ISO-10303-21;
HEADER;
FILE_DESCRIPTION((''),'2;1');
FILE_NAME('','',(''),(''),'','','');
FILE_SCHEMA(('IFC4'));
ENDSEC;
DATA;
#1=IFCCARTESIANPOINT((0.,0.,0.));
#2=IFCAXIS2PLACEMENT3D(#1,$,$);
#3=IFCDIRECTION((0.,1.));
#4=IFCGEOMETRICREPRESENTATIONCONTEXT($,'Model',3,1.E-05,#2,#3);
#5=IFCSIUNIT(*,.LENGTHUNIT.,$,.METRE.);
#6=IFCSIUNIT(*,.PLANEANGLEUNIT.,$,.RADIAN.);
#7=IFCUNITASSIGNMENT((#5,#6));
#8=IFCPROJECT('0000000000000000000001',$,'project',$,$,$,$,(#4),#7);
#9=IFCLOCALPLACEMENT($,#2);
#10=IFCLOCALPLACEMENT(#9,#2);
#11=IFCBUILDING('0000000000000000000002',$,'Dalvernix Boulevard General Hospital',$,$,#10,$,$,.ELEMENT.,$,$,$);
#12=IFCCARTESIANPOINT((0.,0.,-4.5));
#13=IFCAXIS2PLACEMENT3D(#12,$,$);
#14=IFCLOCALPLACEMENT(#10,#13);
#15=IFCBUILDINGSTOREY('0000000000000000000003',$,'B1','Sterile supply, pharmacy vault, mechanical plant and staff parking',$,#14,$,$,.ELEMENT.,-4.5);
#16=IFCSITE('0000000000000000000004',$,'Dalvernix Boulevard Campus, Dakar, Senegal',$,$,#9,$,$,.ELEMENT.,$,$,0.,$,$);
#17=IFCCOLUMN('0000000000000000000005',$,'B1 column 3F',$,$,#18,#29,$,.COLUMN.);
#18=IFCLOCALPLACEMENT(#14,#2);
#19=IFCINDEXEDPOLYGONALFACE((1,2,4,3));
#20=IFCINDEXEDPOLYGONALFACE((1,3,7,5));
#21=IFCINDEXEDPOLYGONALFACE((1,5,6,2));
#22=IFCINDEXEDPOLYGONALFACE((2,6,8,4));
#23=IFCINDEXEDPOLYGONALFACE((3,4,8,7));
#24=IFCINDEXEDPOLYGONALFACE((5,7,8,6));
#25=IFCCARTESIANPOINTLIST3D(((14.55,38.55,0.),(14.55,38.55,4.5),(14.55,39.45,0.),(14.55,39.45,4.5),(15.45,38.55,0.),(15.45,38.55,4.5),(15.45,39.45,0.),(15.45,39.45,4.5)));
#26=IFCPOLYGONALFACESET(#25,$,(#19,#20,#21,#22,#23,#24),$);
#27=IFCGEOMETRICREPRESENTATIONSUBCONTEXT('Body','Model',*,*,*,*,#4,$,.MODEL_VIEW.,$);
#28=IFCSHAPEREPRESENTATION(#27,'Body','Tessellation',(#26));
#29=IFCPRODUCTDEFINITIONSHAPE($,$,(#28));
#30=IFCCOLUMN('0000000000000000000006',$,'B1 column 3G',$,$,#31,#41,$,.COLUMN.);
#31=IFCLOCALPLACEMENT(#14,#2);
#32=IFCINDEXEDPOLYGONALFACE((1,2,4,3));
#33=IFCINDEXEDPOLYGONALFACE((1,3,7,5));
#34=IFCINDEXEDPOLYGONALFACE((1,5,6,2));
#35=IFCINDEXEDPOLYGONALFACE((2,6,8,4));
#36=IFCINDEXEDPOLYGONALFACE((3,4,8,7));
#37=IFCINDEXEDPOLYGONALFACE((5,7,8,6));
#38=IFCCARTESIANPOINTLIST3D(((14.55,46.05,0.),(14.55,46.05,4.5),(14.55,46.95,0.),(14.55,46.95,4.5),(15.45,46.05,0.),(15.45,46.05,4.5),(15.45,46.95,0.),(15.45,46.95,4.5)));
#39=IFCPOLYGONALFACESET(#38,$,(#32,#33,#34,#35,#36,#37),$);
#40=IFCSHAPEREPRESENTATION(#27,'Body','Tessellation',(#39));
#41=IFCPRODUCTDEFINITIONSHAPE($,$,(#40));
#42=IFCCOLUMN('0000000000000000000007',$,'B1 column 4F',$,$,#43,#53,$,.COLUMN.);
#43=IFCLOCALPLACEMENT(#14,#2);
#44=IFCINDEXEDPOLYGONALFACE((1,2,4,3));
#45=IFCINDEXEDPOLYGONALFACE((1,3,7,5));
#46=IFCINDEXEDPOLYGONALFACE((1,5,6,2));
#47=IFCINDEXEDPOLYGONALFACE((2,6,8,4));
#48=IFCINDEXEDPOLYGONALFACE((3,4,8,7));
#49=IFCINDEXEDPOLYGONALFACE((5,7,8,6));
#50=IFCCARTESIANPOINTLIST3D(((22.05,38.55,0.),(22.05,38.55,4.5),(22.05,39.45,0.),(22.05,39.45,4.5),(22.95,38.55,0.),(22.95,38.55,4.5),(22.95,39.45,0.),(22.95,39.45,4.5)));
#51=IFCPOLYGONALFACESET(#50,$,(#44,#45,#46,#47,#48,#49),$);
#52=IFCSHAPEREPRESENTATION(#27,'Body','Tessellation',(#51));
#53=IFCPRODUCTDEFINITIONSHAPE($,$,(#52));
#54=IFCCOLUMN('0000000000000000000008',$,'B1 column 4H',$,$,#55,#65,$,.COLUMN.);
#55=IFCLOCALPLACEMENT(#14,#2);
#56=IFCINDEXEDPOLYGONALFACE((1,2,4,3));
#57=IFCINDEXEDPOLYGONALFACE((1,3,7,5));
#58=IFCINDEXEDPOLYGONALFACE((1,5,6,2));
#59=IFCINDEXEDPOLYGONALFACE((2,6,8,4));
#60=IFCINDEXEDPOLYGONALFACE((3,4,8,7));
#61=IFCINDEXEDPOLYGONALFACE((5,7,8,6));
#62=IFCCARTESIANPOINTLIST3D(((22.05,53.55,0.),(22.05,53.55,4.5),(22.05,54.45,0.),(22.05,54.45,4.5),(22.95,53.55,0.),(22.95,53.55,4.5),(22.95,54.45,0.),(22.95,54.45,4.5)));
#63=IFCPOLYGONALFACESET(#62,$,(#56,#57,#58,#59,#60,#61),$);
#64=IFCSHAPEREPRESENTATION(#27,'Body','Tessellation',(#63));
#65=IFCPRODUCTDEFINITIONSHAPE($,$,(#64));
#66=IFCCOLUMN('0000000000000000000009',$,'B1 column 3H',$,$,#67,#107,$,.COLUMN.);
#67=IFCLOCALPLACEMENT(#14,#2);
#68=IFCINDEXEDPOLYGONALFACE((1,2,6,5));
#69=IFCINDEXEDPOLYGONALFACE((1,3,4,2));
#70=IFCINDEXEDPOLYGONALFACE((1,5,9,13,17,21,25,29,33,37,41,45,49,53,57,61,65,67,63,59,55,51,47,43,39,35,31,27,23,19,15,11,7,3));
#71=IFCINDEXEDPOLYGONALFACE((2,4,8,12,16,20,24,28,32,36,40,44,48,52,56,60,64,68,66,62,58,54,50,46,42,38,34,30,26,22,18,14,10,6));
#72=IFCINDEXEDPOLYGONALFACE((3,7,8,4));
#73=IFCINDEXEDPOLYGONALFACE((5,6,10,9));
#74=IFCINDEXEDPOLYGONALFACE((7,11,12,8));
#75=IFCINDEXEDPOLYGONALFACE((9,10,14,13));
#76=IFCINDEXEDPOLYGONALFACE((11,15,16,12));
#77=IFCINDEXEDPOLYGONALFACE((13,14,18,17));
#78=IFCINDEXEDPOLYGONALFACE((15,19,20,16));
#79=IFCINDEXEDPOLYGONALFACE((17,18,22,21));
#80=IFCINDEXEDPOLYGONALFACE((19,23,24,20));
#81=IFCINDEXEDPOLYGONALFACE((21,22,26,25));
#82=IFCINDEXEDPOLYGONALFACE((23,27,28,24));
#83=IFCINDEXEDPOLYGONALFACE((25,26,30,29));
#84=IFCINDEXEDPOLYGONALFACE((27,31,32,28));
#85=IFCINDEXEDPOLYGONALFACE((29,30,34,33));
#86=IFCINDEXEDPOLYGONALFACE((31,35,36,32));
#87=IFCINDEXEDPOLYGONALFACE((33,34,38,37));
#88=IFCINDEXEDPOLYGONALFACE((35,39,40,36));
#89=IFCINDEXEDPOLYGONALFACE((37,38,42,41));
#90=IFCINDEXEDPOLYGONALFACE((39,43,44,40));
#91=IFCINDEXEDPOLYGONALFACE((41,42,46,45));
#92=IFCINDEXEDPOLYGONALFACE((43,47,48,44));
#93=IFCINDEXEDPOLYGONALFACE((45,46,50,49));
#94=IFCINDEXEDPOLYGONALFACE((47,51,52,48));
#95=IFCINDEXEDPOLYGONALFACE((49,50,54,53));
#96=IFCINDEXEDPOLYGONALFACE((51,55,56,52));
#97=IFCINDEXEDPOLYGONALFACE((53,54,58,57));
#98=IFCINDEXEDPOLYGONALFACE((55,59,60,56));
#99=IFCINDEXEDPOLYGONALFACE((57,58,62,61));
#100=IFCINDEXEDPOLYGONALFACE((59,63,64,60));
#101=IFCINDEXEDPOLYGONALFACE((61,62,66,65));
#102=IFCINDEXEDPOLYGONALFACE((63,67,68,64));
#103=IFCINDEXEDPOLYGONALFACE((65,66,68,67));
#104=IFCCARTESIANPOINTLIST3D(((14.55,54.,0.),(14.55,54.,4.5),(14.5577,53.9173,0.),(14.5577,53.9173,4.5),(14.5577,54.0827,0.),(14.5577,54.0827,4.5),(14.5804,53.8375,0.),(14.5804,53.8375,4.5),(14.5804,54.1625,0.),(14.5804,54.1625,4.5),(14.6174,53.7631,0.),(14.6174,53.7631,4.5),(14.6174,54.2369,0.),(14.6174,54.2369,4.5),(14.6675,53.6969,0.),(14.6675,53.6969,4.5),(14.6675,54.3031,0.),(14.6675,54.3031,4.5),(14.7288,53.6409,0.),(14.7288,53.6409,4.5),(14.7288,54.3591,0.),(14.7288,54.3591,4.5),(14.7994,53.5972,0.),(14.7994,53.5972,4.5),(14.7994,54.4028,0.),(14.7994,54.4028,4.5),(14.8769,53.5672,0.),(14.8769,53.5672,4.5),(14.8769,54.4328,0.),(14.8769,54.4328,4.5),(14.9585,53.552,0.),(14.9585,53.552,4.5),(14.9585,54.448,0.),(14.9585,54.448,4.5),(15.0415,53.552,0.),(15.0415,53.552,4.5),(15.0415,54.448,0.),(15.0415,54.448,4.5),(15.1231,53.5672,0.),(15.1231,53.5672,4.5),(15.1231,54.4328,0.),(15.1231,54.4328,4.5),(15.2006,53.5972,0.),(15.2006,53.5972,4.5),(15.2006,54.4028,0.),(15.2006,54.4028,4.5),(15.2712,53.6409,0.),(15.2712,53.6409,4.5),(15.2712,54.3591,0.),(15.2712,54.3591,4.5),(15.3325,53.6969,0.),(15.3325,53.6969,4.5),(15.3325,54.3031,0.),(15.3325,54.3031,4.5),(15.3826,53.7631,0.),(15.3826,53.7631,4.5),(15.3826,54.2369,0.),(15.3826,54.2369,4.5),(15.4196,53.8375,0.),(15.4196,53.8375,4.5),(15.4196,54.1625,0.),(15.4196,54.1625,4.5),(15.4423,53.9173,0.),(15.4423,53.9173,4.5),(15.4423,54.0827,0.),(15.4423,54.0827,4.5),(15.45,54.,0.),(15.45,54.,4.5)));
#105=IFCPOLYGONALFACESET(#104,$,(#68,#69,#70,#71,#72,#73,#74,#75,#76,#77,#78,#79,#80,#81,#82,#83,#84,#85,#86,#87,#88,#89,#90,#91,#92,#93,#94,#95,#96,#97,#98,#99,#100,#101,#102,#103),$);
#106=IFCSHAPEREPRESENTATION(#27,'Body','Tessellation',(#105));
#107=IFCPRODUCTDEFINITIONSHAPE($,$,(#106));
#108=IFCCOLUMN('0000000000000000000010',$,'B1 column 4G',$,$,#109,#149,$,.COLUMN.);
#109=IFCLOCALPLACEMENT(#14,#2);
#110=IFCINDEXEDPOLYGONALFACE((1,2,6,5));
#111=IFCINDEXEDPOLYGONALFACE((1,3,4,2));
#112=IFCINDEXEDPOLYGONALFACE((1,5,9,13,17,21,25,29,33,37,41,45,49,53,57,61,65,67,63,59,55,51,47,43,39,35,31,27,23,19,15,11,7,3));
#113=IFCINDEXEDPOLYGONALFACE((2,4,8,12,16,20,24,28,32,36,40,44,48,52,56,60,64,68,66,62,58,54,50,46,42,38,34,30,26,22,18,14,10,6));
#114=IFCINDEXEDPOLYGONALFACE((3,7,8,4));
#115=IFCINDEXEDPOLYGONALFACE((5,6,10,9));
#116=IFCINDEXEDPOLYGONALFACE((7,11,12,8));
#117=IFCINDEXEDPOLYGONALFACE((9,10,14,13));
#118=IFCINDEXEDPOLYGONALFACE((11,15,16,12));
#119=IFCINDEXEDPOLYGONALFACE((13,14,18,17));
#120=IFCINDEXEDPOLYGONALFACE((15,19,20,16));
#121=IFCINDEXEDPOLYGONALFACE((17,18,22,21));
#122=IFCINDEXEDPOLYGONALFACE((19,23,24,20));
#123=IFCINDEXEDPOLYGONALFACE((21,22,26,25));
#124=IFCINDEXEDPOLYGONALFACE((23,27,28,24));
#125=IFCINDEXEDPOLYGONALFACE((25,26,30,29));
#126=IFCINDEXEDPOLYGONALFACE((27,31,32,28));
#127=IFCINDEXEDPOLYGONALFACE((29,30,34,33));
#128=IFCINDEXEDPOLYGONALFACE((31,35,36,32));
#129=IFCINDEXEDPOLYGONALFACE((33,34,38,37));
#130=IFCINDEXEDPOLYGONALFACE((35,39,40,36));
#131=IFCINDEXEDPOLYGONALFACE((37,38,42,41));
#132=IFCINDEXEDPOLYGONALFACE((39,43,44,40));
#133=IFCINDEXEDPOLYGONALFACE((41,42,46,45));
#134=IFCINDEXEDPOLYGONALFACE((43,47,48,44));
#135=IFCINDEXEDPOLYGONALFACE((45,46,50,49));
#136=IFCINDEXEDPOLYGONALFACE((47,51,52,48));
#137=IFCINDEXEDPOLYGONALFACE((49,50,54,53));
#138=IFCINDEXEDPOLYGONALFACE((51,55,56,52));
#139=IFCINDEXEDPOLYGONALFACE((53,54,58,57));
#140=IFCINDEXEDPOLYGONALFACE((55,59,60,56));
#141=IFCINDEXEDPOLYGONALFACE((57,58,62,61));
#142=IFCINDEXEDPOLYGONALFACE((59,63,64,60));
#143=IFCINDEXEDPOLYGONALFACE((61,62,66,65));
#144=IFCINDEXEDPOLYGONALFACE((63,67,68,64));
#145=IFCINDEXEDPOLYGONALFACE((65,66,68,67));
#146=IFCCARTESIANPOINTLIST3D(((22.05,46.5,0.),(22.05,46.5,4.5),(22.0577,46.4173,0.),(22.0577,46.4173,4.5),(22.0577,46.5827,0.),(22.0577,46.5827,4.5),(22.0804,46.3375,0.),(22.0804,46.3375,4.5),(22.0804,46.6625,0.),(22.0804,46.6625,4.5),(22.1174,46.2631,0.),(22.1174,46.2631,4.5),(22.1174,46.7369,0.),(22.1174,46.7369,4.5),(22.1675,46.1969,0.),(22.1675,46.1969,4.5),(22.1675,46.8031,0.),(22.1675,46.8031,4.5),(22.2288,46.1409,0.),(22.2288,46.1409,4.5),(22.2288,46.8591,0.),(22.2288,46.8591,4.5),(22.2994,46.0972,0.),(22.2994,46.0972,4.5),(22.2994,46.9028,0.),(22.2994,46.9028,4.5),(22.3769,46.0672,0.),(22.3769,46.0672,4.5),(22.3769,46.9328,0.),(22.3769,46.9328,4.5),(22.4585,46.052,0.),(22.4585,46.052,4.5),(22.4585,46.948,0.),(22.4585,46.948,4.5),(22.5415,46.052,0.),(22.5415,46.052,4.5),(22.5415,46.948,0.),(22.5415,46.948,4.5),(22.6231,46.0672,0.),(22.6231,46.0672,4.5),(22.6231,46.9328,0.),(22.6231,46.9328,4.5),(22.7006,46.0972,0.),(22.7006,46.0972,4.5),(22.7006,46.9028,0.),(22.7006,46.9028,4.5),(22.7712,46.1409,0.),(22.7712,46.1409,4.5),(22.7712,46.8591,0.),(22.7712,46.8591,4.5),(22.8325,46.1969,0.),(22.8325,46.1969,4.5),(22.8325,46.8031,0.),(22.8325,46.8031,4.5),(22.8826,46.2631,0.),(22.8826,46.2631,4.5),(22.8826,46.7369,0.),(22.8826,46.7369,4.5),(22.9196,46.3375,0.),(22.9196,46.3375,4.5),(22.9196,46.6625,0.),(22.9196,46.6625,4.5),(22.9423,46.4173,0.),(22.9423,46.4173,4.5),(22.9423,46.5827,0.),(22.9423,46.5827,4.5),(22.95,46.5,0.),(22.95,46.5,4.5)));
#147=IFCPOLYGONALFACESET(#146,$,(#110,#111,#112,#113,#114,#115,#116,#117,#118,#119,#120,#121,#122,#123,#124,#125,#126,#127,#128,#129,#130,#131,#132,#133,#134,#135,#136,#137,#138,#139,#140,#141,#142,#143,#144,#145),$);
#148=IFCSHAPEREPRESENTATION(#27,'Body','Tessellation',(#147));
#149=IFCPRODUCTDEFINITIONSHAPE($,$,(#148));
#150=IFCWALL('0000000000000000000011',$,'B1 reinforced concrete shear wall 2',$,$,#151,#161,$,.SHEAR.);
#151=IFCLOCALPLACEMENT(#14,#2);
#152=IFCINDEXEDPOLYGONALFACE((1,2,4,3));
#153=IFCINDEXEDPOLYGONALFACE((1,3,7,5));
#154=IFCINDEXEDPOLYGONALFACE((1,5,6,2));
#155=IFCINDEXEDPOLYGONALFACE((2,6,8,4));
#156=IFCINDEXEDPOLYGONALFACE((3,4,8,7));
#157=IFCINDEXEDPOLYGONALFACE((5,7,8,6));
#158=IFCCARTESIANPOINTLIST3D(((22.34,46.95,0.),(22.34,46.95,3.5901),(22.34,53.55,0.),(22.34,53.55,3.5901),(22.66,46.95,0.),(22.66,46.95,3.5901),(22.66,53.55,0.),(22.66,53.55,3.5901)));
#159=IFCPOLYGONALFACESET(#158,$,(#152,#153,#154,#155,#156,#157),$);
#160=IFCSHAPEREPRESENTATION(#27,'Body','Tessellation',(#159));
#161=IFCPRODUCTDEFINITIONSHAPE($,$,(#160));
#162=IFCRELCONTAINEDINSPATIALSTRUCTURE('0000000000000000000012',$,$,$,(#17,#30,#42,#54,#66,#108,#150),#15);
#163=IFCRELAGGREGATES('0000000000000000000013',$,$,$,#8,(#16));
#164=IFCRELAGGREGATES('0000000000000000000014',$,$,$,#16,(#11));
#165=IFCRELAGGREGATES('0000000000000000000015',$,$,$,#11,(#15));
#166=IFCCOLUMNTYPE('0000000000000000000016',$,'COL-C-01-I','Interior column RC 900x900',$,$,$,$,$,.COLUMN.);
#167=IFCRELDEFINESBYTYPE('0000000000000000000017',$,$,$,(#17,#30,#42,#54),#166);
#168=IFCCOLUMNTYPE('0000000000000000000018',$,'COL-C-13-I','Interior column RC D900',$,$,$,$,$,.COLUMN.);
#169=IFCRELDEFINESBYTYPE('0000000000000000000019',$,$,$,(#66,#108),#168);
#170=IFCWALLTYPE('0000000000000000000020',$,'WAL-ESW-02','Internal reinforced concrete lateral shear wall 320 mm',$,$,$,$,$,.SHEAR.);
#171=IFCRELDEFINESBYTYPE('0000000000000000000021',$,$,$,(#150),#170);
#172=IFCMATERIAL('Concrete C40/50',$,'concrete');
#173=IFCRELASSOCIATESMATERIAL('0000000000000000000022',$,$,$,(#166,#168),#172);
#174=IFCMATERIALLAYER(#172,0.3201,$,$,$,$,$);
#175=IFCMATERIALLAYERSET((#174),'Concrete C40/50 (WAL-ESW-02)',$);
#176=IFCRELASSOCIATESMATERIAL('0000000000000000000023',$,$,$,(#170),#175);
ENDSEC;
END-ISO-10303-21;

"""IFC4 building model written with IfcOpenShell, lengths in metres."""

from ifc_helpers import new_model, si_unit, direction, frame, frame_2d, origin, origin_2d, place, context, subcontext, project, spatial, rectangle, circle, extrude, material, layer, layer_set, material_profile, profile_set, type_object, element, save


model = new_model("IFC4")

# Units and contexts
model_context = context("Model", 3, precision=1e-05, world=origin(), true_north=direction((0.0, 1.0)))
body_context = subcontext(model_context, "Body", "Model", "MODEL_VIEW")
ifc_project = project(units=[si_unit("LENGTHUNIT", "METRE"), si_unit("PLANEANGLEUNIT", "RADIAN")], contexts=[model_context])

# Site, building, storey
site_placement = place(None, origin())
site = spatial("IfcSite", under=ifc_project, at=site_placement, Name="Dalvernix Boulevard Campus, Dakar, Senegal", CompositionType="ELEMENT", RefElevation=0.0)
building_placement = place(site_placement, origin())
building = spatial("IfcBuilding", under=site, at=building_placement, Name="Dalvernix Boulevard General Hospital", CompositionType="ELEMENT")
storey_placement = place(building_placement, frame((0.0, 0.0, -4.5)))
storey = spatial("IfcBuildingStorey", under=building, at=storey_placement, Name="B1", Description="Sterile supply, pharmacy vault, mechanical plant and staff parking", CompositionType="ELEMENT", Elevation=-4.5)

# Shared definitions
ifc_material_1 = material(Name="Concrete C40/50", Category="concrete")

# Columns
ifc_material_profile_1 = material_profile(ifc_material_1, rectangle(XDim=0.8999, YDim=0.8999, at=origin_2d()), Name="RC 900x900")
ifc_profile_set_1 = profile_set([ifc_material_profile_1], Name="Concrete C40/50")
column_type_1 = type_object("IfcColumnType", Name="COL-C-01-I", Description="Interior column RC 900x900", PredefinedType="COLUMN", material=ifc_profile_set_1)
for number, where, z_axis, x_axis, name in (
    (1, (15.0, 39.0, 0.0), (0.0, 0.0, 1.0), (1.0, 0.0, 0.0), "B1 column 3F"),
    (2, (15.0, 46.5, 0.0), (0.0, 0.0, 1.0), (1.0, 0.0, 0.0), "B1 column 3G"),
    (3, (22.5, 39.0, 0.0), (0.0, 0.0, 1.0), (1.0, 0.0, 0.0), "B1 column 4F"),
    (4, (22.5, 54.0, 0.0), (0.0, 0.0, 1.0), (1.0, 0.0, 0.0), "B1 column 4H"),
):
    element("IfcColumn", number, at=place(storey_placement, frame(where, z_axis=z_axis, x_axis=x_axis)), inside=storey, type_object=column_type_1, Name=name, PredefinedType="COLUMN", context=body_context, shape_type="SweptSolid", body=[
        extrude(rectangle(XDim=0.8999, YDim=0.8999, at=origin_2d()), origin(), (0.0, 0.0, 1.0), 4.5),
    ])
ifc_material_profile_2 = material_profile(ifc_material_1, circle(Radius=0.45, at=origin_2d()), Name="RC D900")
ifc_profile_set_2 = profile_set([ifc_material_profile_2], Name="Concrete C40/50")
column_type_2 = type_object("IfcColumnType", Name="COL-C-13-I", Description="Interior column RC D900", PredefinedType="COLUMN", material=ifc_profile_set_2)
for number, where, z_axis, x_axis, name in (
    (5, (15.0, 54.0, 0.0), (0.0, 0.0, 1.0), (1.0, 0.0, 0.0), "B1 column 3H"),
    (6, (22.5, 46.5, 0.0), (0.0, 0.0, 1.0), (1.0, 0.0, 0.0), "B1 column 4G"),
):
    element("IfcColumn", number, at=place(storey_placement, frame(where, z_axis=z_axis, x_axis=x_axis)), inside=storey, type_object=column_type_2, Name=name, PredefinedType="COLUMN", context=body_context, shape_type="SweptSolid", body=[
        extrude(circle(Radius=0.45, at=origin_2d()), origin(), (0.0, 0.0, 1.0), 4.5),
    ])

# Wall
ifc_layer = layer(ifc_material_1, 0.3201)
ifc_layer_set = layer_set([ifc_layer], Name="Concrete C40/50 (WAL-ESW-02)")
wall_type = type_object("IfcWallType", Name="WAL-ESW-02", Description="Internal reinforced concrete lateral shear wall 320 mm", PredefinedType="SHEAR", material=ifc_layer_set)
wall_placement = place(storey_placement, frame((22.5, 46.95, 0.0), z_axis=(0.0, 0.0, 1.0), x_axis=(0.0, 1.0, 0.0)))
element("IfcWall", 7, at=wall_placement, inside=storey, type_object=wall_type, Name="B1 reinforced concrete shear wall 2", PredefinedType="SHEAR", context=body_context, shape_type="SweptSolid", body=[
    extrude(rectangle(XDim=6.6001, YDim=0.3201, at=frame_2d((3.3, 0.0))), origin(), (0.0, 0.0, 1.0), 3.5901),
])

save(model, "model.ifc")
